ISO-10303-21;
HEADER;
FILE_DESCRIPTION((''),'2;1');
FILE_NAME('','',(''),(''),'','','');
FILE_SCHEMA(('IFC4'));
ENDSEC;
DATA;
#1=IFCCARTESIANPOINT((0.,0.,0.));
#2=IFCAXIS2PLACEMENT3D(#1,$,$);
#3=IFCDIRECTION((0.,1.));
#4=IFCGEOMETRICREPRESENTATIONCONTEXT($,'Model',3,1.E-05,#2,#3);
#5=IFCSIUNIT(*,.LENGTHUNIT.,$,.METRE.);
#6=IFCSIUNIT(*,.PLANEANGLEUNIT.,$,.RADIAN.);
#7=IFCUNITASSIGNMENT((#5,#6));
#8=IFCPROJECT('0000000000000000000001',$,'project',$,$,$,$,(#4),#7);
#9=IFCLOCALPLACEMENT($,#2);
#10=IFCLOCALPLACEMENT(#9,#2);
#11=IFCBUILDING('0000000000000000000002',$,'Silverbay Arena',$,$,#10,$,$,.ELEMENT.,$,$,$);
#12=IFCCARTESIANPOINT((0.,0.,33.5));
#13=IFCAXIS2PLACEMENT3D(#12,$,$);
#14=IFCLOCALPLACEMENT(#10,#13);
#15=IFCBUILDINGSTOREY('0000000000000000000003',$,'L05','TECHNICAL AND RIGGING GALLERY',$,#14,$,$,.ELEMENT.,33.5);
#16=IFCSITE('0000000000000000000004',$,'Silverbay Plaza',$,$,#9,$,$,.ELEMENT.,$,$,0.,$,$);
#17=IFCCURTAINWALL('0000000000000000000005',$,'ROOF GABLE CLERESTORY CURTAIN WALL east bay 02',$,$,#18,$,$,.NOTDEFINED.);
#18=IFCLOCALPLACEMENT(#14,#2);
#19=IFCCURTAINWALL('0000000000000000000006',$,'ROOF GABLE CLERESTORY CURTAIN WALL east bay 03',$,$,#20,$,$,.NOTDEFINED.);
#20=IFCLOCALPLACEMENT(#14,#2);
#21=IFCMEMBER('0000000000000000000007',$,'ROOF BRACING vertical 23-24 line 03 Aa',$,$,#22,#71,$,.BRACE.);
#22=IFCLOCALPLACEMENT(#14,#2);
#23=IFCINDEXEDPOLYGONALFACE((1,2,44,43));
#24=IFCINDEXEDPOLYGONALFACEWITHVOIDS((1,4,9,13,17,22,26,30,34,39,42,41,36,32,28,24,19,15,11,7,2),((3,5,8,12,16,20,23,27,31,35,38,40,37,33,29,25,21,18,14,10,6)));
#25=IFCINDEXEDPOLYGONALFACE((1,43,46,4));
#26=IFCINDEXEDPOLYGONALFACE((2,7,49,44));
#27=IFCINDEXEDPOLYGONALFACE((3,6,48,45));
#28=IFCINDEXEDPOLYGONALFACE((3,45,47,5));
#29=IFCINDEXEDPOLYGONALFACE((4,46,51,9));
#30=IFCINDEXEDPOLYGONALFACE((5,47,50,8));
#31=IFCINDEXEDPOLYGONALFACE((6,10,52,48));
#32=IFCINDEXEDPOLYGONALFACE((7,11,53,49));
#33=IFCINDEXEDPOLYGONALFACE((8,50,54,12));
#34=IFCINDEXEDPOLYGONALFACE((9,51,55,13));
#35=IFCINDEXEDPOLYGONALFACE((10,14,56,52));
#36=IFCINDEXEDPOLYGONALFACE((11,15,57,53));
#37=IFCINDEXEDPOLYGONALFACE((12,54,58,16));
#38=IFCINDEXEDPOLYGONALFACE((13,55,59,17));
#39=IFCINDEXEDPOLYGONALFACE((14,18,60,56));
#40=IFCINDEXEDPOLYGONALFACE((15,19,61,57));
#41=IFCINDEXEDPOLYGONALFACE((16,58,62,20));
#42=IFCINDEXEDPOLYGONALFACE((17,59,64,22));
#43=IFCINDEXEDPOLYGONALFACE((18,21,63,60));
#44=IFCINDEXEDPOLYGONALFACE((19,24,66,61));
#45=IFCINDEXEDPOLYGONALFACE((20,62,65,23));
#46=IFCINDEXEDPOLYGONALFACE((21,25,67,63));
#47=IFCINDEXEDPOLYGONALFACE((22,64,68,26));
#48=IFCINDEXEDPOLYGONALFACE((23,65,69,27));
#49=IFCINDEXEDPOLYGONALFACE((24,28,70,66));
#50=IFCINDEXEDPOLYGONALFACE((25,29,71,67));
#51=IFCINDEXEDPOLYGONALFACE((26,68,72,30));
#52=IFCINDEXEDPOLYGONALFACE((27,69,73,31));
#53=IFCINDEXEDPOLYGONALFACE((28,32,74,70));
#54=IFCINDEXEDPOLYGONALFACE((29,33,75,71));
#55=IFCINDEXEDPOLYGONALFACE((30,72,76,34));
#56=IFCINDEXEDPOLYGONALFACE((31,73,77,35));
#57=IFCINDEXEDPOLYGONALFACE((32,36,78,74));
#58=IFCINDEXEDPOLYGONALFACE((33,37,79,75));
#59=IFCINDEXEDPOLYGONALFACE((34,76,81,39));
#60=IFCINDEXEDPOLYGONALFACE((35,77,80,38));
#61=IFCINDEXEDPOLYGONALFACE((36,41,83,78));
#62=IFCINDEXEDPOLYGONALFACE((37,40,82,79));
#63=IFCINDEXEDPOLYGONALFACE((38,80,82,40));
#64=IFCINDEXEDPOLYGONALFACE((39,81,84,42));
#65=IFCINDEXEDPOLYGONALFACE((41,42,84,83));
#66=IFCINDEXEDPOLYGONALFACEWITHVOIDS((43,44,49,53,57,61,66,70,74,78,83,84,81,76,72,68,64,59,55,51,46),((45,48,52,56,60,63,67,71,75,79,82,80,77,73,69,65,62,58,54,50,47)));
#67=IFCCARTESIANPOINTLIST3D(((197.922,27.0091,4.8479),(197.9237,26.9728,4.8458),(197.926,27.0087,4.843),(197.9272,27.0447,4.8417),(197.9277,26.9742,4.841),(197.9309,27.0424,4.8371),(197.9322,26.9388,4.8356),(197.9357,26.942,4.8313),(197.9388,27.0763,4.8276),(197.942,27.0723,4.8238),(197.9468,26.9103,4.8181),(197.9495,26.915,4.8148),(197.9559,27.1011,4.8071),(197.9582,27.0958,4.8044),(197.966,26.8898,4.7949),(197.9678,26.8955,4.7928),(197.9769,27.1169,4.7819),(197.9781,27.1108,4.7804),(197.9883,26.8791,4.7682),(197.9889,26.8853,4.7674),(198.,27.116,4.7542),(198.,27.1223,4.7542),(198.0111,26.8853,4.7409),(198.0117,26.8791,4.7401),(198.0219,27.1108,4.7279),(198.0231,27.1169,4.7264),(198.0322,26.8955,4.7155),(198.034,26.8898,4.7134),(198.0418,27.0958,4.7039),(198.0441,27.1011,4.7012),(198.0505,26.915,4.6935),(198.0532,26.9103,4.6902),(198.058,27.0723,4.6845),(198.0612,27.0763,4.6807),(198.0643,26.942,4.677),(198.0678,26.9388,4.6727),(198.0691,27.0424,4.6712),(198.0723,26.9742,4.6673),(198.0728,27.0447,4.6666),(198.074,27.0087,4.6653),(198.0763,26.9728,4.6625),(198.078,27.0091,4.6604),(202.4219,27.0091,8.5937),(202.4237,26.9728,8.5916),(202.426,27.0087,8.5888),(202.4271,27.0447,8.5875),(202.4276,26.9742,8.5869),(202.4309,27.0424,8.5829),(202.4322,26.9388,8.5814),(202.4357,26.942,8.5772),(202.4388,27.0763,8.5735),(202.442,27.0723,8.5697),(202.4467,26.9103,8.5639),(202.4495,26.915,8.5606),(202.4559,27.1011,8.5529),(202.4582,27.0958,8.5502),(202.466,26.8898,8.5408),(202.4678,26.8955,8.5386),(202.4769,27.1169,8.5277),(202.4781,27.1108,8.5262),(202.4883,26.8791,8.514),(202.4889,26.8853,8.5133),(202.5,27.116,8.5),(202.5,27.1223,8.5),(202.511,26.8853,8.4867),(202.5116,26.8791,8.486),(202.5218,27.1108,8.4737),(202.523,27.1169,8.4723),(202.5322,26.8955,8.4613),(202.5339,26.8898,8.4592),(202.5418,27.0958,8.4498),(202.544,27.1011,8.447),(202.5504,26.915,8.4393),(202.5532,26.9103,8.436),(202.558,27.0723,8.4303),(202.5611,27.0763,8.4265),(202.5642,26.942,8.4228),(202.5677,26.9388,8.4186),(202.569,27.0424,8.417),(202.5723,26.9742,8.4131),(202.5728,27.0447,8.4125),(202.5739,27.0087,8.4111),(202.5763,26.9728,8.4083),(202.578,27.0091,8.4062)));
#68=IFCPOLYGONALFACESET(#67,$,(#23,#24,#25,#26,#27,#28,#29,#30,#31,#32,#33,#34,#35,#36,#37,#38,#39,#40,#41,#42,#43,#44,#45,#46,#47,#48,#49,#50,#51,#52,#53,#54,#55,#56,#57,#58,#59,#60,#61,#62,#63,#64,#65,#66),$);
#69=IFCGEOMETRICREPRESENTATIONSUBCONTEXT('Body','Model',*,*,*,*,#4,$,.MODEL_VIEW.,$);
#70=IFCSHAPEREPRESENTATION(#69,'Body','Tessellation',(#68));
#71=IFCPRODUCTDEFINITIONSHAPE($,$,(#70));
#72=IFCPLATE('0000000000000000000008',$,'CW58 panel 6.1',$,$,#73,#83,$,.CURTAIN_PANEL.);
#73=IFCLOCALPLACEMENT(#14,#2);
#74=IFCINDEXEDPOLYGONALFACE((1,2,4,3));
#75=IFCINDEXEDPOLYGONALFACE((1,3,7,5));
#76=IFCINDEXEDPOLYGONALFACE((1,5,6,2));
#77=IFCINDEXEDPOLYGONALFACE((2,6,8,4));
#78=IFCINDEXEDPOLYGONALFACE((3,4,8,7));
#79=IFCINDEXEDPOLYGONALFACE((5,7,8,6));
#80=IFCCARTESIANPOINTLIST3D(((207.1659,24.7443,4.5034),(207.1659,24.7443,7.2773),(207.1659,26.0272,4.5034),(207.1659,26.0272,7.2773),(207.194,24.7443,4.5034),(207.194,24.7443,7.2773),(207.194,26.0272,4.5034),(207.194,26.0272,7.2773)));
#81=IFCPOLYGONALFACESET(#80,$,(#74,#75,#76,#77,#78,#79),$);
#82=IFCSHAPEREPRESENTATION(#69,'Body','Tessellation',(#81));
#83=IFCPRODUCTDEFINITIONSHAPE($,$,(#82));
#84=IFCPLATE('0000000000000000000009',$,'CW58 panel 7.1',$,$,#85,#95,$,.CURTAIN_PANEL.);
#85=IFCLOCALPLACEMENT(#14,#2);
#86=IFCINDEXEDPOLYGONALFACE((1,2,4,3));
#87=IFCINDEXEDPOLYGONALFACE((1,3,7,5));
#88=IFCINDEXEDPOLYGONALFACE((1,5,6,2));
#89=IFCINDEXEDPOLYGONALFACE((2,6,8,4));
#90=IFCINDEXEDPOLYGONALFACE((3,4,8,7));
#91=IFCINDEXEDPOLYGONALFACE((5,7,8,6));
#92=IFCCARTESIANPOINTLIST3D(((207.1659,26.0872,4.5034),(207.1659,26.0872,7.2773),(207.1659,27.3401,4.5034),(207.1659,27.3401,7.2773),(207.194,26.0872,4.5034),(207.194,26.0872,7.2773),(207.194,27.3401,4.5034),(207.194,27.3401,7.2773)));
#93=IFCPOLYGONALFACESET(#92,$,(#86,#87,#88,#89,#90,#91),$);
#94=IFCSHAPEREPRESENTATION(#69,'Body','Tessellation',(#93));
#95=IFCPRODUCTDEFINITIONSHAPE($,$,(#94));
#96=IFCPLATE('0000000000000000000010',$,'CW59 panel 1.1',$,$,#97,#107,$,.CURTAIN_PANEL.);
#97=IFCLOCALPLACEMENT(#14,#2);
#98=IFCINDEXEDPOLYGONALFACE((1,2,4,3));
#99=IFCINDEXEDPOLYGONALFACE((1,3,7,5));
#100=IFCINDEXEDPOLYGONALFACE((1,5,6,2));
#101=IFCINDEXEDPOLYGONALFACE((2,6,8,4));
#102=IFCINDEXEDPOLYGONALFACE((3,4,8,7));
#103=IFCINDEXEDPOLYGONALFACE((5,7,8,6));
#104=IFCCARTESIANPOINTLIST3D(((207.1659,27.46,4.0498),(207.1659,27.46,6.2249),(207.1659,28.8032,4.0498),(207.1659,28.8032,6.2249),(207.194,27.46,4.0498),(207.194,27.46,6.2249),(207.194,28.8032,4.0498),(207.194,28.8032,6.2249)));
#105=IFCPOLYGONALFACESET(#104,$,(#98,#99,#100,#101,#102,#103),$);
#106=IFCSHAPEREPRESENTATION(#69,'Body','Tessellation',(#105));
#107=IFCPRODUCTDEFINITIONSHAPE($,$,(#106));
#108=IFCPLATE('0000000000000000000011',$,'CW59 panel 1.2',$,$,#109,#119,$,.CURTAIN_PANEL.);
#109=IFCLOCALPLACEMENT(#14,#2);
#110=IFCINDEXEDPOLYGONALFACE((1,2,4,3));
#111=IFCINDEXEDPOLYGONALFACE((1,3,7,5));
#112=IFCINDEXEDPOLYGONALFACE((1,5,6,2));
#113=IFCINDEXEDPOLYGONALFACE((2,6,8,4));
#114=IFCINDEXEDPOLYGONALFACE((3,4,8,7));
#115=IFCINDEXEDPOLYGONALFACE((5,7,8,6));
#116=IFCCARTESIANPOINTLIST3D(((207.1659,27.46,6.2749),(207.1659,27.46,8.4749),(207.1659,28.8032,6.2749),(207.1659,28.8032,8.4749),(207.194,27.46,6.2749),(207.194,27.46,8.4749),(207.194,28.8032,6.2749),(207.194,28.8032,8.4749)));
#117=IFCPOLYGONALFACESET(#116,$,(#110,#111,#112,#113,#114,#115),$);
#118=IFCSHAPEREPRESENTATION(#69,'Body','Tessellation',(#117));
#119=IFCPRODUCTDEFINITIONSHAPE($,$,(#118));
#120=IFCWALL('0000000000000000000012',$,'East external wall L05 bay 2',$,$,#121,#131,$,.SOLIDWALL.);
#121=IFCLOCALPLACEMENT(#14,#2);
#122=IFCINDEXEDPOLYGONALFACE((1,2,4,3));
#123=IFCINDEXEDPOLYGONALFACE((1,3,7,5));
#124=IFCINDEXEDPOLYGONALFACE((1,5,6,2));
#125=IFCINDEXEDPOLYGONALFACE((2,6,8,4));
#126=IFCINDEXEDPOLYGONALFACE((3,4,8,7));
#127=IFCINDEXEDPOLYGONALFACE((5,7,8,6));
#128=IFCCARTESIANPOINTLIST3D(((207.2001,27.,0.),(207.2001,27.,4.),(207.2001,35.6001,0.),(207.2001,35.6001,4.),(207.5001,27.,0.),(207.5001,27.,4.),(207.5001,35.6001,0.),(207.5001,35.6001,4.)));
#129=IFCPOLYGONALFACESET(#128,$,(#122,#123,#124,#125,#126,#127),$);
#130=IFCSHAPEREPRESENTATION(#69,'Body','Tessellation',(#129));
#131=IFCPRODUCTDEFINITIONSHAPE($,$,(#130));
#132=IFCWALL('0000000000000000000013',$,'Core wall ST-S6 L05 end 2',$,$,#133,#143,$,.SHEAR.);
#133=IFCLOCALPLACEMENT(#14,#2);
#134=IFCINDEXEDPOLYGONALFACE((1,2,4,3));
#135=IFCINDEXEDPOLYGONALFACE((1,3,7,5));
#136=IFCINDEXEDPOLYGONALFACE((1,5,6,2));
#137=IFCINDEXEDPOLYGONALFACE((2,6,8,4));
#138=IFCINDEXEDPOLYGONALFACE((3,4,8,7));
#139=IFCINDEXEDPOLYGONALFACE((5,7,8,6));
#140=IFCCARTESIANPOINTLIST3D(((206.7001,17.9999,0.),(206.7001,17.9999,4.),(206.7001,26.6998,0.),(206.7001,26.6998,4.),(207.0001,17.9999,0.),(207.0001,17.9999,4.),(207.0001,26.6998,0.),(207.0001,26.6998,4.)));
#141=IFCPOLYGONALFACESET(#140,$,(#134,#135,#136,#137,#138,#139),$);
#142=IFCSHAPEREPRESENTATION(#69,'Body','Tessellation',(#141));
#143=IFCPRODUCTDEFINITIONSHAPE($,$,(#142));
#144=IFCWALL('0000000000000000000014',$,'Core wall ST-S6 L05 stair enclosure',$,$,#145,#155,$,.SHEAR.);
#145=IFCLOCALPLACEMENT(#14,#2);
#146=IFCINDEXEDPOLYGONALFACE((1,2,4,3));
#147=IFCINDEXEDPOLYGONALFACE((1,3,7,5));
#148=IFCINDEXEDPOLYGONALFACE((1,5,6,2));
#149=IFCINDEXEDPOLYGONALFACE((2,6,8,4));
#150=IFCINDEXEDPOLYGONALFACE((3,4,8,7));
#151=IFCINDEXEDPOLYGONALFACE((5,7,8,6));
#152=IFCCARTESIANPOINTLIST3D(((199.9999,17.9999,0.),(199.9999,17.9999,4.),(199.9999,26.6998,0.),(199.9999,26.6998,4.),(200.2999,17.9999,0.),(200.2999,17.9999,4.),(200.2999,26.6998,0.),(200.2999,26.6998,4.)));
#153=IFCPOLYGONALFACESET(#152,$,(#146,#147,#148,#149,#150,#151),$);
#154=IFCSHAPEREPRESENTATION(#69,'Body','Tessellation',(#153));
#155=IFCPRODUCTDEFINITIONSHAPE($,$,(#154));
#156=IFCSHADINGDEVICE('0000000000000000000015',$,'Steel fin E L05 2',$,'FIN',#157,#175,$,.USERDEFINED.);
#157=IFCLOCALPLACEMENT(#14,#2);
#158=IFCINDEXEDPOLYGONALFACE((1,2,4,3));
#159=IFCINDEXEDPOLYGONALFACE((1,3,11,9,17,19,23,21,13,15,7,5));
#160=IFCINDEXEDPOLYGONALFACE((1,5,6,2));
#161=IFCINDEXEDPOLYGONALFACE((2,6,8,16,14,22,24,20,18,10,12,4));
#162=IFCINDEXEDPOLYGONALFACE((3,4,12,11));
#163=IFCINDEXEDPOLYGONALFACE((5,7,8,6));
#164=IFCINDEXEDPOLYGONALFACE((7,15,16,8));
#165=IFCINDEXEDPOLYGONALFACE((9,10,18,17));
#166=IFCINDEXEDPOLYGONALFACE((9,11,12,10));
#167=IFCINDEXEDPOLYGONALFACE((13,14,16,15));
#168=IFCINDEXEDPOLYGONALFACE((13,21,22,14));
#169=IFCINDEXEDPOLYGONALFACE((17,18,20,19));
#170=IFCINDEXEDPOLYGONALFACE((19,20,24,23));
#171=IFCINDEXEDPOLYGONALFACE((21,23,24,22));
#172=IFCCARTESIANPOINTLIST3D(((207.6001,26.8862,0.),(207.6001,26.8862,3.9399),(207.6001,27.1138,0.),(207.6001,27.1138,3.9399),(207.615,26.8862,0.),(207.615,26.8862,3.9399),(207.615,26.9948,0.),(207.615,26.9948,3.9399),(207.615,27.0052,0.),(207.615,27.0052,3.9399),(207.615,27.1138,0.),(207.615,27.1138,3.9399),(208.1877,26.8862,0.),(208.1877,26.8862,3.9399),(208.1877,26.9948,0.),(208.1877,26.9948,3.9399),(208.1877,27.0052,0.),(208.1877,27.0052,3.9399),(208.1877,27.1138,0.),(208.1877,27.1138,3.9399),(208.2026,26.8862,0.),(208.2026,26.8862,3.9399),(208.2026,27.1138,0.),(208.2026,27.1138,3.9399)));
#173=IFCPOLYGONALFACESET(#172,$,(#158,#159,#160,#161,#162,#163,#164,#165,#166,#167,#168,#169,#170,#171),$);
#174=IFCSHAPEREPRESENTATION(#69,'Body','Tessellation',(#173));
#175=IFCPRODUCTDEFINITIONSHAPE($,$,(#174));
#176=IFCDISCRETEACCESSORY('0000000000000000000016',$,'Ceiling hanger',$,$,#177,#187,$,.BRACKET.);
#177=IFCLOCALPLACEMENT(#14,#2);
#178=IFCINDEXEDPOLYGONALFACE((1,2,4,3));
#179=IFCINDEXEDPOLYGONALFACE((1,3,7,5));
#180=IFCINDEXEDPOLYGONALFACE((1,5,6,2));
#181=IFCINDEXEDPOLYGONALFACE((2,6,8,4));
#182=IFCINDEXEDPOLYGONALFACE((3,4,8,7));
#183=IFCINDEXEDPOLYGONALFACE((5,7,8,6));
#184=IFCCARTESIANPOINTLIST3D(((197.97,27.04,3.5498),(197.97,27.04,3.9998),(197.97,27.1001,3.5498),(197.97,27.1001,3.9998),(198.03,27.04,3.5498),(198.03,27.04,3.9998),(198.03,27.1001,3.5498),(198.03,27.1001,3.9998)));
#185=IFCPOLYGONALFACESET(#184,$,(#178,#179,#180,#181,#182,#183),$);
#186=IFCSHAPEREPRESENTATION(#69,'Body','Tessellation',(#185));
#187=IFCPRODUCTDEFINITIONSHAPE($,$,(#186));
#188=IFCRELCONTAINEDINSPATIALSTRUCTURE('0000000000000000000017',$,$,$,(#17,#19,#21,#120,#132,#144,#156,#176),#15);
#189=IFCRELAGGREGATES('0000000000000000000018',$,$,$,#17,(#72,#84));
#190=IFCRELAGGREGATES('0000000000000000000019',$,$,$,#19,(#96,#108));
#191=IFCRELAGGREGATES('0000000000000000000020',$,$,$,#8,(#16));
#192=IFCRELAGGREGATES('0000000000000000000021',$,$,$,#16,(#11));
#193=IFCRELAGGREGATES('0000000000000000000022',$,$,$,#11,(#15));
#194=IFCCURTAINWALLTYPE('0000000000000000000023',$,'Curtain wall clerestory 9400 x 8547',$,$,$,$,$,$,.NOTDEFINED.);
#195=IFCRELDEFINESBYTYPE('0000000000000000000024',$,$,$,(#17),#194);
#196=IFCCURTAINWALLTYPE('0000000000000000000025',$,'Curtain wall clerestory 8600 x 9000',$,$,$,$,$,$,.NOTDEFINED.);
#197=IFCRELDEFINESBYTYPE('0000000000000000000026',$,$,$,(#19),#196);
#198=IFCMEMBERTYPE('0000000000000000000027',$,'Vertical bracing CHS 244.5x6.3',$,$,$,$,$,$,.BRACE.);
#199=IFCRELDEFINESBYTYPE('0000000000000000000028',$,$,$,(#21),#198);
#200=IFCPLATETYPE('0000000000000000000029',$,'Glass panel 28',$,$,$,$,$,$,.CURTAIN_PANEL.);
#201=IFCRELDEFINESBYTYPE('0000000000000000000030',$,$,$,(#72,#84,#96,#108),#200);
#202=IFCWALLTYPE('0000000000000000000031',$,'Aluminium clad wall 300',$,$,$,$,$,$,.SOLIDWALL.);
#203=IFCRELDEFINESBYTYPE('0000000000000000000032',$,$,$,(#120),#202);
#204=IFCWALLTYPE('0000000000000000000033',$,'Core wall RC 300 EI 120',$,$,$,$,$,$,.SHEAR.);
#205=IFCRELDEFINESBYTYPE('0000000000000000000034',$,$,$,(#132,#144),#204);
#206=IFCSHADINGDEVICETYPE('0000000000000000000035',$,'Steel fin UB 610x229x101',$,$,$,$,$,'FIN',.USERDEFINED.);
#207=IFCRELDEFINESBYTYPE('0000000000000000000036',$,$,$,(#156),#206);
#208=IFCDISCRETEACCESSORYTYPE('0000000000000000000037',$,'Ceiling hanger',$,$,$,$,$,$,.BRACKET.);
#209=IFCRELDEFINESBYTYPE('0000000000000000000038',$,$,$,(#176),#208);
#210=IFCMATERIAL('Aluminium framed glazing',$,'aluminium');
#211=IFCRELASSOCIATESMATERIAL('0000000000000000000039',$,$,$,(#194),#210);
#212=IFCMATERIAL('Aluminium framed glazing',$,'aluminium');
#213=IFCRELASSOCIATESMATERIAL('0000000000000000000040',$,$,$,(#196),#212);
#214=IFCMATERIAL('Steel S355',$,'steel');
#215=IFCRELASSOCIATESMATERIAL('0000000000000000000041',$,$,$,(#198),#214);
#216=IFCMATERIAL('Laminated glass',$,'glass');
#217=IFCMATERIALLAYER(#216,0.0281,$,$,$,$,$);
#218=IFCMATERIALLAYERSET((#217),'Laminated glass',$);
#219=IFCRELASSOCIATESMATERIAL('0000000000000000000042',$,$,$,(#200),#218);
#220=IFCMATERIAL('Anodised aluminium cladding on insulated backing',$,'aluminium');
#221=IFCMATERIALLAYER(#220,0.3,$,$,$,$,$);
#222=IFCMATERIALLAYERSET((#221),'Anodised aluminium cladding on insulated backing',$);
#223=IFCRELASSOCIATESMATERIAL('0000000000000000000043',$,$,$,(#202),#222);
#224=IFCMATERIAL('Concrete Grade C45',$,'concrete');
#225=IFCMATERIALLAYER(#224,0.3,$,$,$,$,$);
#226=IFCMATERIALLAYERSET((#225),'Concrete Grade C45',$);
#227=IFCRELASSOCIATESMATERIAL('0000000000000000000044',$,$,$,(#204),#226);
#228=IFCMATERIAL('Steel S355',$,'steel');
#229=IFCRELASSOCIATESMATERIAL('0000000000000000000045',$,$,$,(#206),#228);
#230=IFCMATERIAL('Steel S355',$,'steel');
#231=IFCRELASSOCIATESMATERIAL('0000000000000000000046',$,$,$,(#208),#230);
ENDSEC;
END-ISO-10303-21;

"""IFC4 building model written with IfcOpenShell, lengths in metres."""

from ifc_helpers import new_model, si_unit, direction, frame, frame_2d, origin, origin_2d, place, context, subcontext, project, spatial, rectangle, hollow_circle, i_section, extrude, material, layer, layer_set, material_profile, profile_set, type_object, element, aggregate, save


model = new_model("IFC4")

# Units and contexts
model_context = context("Model", 3, precision=1e-05, world=origin(), true_north=direction((0.0, 1.0)))
body_context = subcontext(model_context, "Body", "Model", "MODEL_VIEW")
ifc_project = project(units=[si_unit("LENGTHUNIT", "METRE"), si_unit("PLANEANGLEUNIT", "RADIAN")], contexts=[model_context])

# Site, building, storey
site_placement = place(None, origin())
site = spatial("IfcSite", under=ifc_project, at=site_placement, Name="Silverbay Plaza", CompositionType="ELEMENT", RefElevation=0.0)
building_placement = place(site_placement, origin())
building = spatial("IfcBuilding", under=site, at=building_placement, Name="Silverbay Arena", CompositionType="ELEMENT")
storey_placement = place(building_placement, frame((0.0, 0.0, 33.5)))
storey = spatial("IfcBuildingStorey", under=building, at=storey_placement, Name="L05", Description="TECHNICAL AND RIGGING GALLERY", CompositionType="ELEMENT", Elevation=33.5)

# Curtain walls
ifc_material_1 = material(Name="Aluminium framed glazing", Category="aluminium")
curtain_wall_type_1 = type_object("IfcCurtainWallType", Name="Curtain wall clerestory 9400 x 8547", PredefinedType="NOTDEFINED", material=ifc_material_1)
curtain_wall_1_placement = place(storey_placement, origin())
curtain_wall_1 = element("IfcCurtainWall", 1, at=curtain_wall_1_placement, inside=storey, type_object=curtain_wall_type_1, Name="ROOF GABLE CLERESTORY CURTAIN WALL east bay 02", PredefinedType="NOTDEFINED")
ifc_material_2 = material(Name="Aluminium framed glazing", Category="aluminium")
curtain_wall_type_2 = type_object("IfcCurtainWallType", Name="Curtain wall clerestory 8600 x 9000", PredefinedType="NOTDEFINED", material=ifc_material_2)
curtain_wall_2_placement = place(storey_placement, origin())
curtain_wall_2 = element("IfcCurtainWall", 2, at=curtain_wall_2_placement, inside=storey, type_object=curtain_wall_type_2, Name="ROOF GABLE CLERESTORY CURTAIN WALL east bay 03", PredefinedType="NOTDEFINED")

# Member
ifc_material_3 = material(Name="Steel S355", Category="steel")
ifc_material_profile_1 = material_profile(ifc_material_3, hollow_circle(Radius=0.1223, WallThickness=0.0063, at=origin_2d()), Name="CHS 244.5x6.3")
ifc_profile_set_1 = profile_set([ifc_material_profile_1], Name="Steel S355")
member_type_1 = type_object("IfcMemberType", Name="Vertical bracing CHS 244.5x6.3", PredefinedType="BRACE", material=ifc_profile_set_1)
member_1_placement = place(storey_placement, frame((198.0, 27.0, 4.7542), z_axis=(0.76857, 0.0, 0.639766), x_axis=(0.0, 1.0, 0.0)))
element("IfcMember", 3, at=member_1_placement, inside=storey, type_object=member_type_1, Name="ROOF BRACING vertical 23-24 line 03 Aa", PredefinedType="BRACE", context=body_context, shape_type="SweptSolid", body=[
    extrude(hollow_circle(Radius=0.1223, WallThickness=0.0063, at=origin_2d()), origin(), (0.0, 0.0, 1.0), 5.855),
])

# Plates
ifc_material_4 = material(Name="Laminated glass", Category="glass")
ifc_layer_1 = layer(ifc_material_4, 0.0281)
ifc_layer_set_1 = layer_set([ifc_layer_1], Name="Laminated glass")
plate_type = type_object("IfcPlateType", Name="Glass panel 28", PredefinedType="CURTAIN_PANEL", material=ifc_layer_set_1)
plate_1_placement = place(storey_placement, frame((207.1799, 25.3857, 4.5034), z_axis=(0.0, 0.0, 1.0), x_axis=(0.0, 1.0, 0.0)))
plate_1 = element("IfcPlate", 4, at=plate_1_placement, type_object=plate_type, Name="CW58 panel 6.1", PredefinedType="CURTAIN_PANEL", context=body_context, shape_type="SweptSolid", body=[
    extrude(rectangle(XDim=1.283, YDim=0.0281, at=origin_2d()), origin(), (0.0, 0.0, 1.0), 2.7739),
])
plate_2_placement = place(storey_placement, frame((207.1799, 26.7136, 4.5034), z_axis=(0.0, 0.0, 1.0), x_axis=(0.0, 1.0, 0.0)))
plate_2 = element("IfcPlate", 5, at=plate_2_placement, type_object=plate_type, Name="CW58 panel 7.1", PredefinedType="CURTAIN_PANEL", context=body_context, shape_type="SweptSolid", body=[
    extrude(rectangle(XDim=1.2529, YDim=0.0281, at=origin_2d()), origin(), (0.0, 0.0, 1.0), 2.7739),
])
aggregate(curtain_wall_1, [plate_1, plate_2])
plate_3_placement = place(storey_placement, frame((207.1799, 28.1316, 4.0498), z_axis=(0.0, 0.0, 1.0), x_axis=(0.0, 1.0, 0.0)))
plate_3 = element("IfcPlate", 6, at=plate_3_placement, type_object=plate_type, Name="CW59 panel 1.1", PredefinedType="CURTAIN_PANEL", context=body_context, shape_type="SweptSolid", body=[
    extrude(rectangle(XDim=1.3433, YDim=0.0281, at=origin_2d()), origin(), (0.0, 0.0, 1.0), 2.175),
])
plate_4_placement = place(storey_placement, frame((207.1799, 28.1316, 6.2749), z_axis=(0.0, 0.0, 1.0), x_axis=(0.0, 1.0, 0.0)))
plate_4 = element("IfcPlate", 7, at=plate_4_placement, type_object=plate_type, Name="CW59 panel 1.2", PredefinedType="CURTAIN_PANEL", context=body_context, shape_type="SweptSolid", body=[
    extrude(rectangle(XDim=1.3433, YDim=0.0281, at=origin_2d()), origin(), (0.0, 0.0, 1.0), 2.2),
])
aggregate(curtain_wall_2, [plate_3, plate_4])

# Walls
ifc_material_5 = material(Name="Anodised aluminium cladding on insulated backing", Category="aluminium")
ifc_layer_2 = layer(ifc_material_5, 0.3)
ifc_layer_set_2 = layer_set([ifc_layer_2], Name="Anodised aluminium cladding on insulated backing")
wall_type_1 = type_object("IfcWallType", Name="Aluminium clad wall 300", PredefinedType="SOLIDWALL", material=ifc_layer_set_2)
wall_placement = place(storey_placement, frame((207.3501, 27.0, 0.0), z_axis=(0.0, 0.0, 1.0), x_axis=(0.0, 1.0, 0.0)))
element("IfcWall", 8, at=wall_placement, inside=storey, type_object=wall_type_1, Name="East external wall L05 bay 2", PredefinedType="SOLIDWALL", context=body_context, shape_type="SweptSolid", body=[
    extrude(rectangle(XDim=8.6001, YDim=0.3, at=frame_2d((4.3, 0.0))), origin(), (0.0, 0.0, 1.0), 4.0),
])
ifc_material_6 = material(Name="Concrete Grade C45", Category="concrete")
ifc_layer_3 = layer(ifc_material_6, 0.3)
ifc_layer_set_3 = layer_set([ifc_layer_3], Name="Concrete Grade C45")
wall_type_2 = type_object("IfcWallType", Name="Core wall RC 300 EI 120", PredefinedType="SHEAR", material=ifc_layer_set_3)
for number, where, z_axis, x_axis, name in (
    (9, (206.8501, 26.7, 0.0), (0.0, 0.0, 1.0), (0.0, -1.0, 0.0), "Core wall ST-S6 L05 end 2"),
    (10, (200.1499, 26.7, 0.0), (0.0, 0.0, 1.0), (0.0, -1.0, 0.0), "Core wall ST-S6 L05 stair enclosure"),
):
    element("IfcWall", number, at=place(storey_placement, frame(where, z_axis=z_axis, x_axis=x_axis)), inside=storey, type_object=wall_type_2, Name=name, PredefinedType="SHEAR", context=body_context, shape_type="SweptSolid", body=[
        extrude(rectangle(XDim=8.7, YDim=0.3, at=frame_2d((4.3501, 0.0))), origin(), (0.0, 0.0, 1.0), 4.0),
    ])

# Shading device
ifc_material_7 = material(Name="Steel S355", Category="steel")
ifc_material_profile_2 = material_profile(ifc_material_7, i_section(OverallWidth=0.2275, OverallDepth=0.6025, WebThickness=0.0105, FlangeThickness=0.0149, at=origin_2d()), Name="UB 610x229x101")
ifc_profile_set_2 = profile_set([ifc_material_profile_2], Name="Steel S355")
shading_device_type = type_object("IfcShadingDeviceType", Name="Steel fin UB 610x229x101", ElementType="FIN", PredefinedType="USERDEFINED", material=ifc_profile_set_2)
shading_device_placement = place(storey_placement, frame((207.9014, 27.0, 0.0), z_axis=(0.0, 0.0, 1.0), x_axis=(0.0, 1.0, 0.0)))
element("IfcShadingDevice", 11, at=shading_device_placement, inside=storey, type_object=shading_device_type, Name="Steel fin E L05 2", ObjectType="FIN", PredefinedType="USERDEFINED", context=body_context, shape_type="SweptSolid", body=[
    extrude(i_section(OverallWidth=0.2275, OverallDepth=0.6025, WebThickness=0.0105, FlangeThickness=0.0149, at=origin_2d()), origin(), (0.0, 0.0, 1.0), 3.9399),
])

# Discrete accessory
ifc_material_8 = material(Name="Steel S355", Category="steel")
discrete_accessory_type_1 = type_object("IfcDiscreteAccessoryType", Name="Ceiling hanger", PredefinedType="BRACKET", material=ifc_material_8)
for number, where, z_axis, x_axis, name in (
    (12, (198.0, 27.0701, 3.5498), (0.0, 0.0, 1.0), (1.0, 0.0, 0.0), "Ceiling hanger"),
):
    element("IfcDiscreteAccessory", number, at=place(storey_placement, frame(where, z_axis=z_axis, x_axis=x_axis)), inside=storey, type_object=discrete_accessory_type_1, Name=name, PredefinedType="BRACKET", context=body_context, shape_type="SweptSolid", body=[
        extrude(rectangle(XDim=0.0601, YDim=0.0601, at=origin_2d()), origin(), (0.0, 0.0, 1.0), 0.45),
    ])

save(model, "model.ifc")
